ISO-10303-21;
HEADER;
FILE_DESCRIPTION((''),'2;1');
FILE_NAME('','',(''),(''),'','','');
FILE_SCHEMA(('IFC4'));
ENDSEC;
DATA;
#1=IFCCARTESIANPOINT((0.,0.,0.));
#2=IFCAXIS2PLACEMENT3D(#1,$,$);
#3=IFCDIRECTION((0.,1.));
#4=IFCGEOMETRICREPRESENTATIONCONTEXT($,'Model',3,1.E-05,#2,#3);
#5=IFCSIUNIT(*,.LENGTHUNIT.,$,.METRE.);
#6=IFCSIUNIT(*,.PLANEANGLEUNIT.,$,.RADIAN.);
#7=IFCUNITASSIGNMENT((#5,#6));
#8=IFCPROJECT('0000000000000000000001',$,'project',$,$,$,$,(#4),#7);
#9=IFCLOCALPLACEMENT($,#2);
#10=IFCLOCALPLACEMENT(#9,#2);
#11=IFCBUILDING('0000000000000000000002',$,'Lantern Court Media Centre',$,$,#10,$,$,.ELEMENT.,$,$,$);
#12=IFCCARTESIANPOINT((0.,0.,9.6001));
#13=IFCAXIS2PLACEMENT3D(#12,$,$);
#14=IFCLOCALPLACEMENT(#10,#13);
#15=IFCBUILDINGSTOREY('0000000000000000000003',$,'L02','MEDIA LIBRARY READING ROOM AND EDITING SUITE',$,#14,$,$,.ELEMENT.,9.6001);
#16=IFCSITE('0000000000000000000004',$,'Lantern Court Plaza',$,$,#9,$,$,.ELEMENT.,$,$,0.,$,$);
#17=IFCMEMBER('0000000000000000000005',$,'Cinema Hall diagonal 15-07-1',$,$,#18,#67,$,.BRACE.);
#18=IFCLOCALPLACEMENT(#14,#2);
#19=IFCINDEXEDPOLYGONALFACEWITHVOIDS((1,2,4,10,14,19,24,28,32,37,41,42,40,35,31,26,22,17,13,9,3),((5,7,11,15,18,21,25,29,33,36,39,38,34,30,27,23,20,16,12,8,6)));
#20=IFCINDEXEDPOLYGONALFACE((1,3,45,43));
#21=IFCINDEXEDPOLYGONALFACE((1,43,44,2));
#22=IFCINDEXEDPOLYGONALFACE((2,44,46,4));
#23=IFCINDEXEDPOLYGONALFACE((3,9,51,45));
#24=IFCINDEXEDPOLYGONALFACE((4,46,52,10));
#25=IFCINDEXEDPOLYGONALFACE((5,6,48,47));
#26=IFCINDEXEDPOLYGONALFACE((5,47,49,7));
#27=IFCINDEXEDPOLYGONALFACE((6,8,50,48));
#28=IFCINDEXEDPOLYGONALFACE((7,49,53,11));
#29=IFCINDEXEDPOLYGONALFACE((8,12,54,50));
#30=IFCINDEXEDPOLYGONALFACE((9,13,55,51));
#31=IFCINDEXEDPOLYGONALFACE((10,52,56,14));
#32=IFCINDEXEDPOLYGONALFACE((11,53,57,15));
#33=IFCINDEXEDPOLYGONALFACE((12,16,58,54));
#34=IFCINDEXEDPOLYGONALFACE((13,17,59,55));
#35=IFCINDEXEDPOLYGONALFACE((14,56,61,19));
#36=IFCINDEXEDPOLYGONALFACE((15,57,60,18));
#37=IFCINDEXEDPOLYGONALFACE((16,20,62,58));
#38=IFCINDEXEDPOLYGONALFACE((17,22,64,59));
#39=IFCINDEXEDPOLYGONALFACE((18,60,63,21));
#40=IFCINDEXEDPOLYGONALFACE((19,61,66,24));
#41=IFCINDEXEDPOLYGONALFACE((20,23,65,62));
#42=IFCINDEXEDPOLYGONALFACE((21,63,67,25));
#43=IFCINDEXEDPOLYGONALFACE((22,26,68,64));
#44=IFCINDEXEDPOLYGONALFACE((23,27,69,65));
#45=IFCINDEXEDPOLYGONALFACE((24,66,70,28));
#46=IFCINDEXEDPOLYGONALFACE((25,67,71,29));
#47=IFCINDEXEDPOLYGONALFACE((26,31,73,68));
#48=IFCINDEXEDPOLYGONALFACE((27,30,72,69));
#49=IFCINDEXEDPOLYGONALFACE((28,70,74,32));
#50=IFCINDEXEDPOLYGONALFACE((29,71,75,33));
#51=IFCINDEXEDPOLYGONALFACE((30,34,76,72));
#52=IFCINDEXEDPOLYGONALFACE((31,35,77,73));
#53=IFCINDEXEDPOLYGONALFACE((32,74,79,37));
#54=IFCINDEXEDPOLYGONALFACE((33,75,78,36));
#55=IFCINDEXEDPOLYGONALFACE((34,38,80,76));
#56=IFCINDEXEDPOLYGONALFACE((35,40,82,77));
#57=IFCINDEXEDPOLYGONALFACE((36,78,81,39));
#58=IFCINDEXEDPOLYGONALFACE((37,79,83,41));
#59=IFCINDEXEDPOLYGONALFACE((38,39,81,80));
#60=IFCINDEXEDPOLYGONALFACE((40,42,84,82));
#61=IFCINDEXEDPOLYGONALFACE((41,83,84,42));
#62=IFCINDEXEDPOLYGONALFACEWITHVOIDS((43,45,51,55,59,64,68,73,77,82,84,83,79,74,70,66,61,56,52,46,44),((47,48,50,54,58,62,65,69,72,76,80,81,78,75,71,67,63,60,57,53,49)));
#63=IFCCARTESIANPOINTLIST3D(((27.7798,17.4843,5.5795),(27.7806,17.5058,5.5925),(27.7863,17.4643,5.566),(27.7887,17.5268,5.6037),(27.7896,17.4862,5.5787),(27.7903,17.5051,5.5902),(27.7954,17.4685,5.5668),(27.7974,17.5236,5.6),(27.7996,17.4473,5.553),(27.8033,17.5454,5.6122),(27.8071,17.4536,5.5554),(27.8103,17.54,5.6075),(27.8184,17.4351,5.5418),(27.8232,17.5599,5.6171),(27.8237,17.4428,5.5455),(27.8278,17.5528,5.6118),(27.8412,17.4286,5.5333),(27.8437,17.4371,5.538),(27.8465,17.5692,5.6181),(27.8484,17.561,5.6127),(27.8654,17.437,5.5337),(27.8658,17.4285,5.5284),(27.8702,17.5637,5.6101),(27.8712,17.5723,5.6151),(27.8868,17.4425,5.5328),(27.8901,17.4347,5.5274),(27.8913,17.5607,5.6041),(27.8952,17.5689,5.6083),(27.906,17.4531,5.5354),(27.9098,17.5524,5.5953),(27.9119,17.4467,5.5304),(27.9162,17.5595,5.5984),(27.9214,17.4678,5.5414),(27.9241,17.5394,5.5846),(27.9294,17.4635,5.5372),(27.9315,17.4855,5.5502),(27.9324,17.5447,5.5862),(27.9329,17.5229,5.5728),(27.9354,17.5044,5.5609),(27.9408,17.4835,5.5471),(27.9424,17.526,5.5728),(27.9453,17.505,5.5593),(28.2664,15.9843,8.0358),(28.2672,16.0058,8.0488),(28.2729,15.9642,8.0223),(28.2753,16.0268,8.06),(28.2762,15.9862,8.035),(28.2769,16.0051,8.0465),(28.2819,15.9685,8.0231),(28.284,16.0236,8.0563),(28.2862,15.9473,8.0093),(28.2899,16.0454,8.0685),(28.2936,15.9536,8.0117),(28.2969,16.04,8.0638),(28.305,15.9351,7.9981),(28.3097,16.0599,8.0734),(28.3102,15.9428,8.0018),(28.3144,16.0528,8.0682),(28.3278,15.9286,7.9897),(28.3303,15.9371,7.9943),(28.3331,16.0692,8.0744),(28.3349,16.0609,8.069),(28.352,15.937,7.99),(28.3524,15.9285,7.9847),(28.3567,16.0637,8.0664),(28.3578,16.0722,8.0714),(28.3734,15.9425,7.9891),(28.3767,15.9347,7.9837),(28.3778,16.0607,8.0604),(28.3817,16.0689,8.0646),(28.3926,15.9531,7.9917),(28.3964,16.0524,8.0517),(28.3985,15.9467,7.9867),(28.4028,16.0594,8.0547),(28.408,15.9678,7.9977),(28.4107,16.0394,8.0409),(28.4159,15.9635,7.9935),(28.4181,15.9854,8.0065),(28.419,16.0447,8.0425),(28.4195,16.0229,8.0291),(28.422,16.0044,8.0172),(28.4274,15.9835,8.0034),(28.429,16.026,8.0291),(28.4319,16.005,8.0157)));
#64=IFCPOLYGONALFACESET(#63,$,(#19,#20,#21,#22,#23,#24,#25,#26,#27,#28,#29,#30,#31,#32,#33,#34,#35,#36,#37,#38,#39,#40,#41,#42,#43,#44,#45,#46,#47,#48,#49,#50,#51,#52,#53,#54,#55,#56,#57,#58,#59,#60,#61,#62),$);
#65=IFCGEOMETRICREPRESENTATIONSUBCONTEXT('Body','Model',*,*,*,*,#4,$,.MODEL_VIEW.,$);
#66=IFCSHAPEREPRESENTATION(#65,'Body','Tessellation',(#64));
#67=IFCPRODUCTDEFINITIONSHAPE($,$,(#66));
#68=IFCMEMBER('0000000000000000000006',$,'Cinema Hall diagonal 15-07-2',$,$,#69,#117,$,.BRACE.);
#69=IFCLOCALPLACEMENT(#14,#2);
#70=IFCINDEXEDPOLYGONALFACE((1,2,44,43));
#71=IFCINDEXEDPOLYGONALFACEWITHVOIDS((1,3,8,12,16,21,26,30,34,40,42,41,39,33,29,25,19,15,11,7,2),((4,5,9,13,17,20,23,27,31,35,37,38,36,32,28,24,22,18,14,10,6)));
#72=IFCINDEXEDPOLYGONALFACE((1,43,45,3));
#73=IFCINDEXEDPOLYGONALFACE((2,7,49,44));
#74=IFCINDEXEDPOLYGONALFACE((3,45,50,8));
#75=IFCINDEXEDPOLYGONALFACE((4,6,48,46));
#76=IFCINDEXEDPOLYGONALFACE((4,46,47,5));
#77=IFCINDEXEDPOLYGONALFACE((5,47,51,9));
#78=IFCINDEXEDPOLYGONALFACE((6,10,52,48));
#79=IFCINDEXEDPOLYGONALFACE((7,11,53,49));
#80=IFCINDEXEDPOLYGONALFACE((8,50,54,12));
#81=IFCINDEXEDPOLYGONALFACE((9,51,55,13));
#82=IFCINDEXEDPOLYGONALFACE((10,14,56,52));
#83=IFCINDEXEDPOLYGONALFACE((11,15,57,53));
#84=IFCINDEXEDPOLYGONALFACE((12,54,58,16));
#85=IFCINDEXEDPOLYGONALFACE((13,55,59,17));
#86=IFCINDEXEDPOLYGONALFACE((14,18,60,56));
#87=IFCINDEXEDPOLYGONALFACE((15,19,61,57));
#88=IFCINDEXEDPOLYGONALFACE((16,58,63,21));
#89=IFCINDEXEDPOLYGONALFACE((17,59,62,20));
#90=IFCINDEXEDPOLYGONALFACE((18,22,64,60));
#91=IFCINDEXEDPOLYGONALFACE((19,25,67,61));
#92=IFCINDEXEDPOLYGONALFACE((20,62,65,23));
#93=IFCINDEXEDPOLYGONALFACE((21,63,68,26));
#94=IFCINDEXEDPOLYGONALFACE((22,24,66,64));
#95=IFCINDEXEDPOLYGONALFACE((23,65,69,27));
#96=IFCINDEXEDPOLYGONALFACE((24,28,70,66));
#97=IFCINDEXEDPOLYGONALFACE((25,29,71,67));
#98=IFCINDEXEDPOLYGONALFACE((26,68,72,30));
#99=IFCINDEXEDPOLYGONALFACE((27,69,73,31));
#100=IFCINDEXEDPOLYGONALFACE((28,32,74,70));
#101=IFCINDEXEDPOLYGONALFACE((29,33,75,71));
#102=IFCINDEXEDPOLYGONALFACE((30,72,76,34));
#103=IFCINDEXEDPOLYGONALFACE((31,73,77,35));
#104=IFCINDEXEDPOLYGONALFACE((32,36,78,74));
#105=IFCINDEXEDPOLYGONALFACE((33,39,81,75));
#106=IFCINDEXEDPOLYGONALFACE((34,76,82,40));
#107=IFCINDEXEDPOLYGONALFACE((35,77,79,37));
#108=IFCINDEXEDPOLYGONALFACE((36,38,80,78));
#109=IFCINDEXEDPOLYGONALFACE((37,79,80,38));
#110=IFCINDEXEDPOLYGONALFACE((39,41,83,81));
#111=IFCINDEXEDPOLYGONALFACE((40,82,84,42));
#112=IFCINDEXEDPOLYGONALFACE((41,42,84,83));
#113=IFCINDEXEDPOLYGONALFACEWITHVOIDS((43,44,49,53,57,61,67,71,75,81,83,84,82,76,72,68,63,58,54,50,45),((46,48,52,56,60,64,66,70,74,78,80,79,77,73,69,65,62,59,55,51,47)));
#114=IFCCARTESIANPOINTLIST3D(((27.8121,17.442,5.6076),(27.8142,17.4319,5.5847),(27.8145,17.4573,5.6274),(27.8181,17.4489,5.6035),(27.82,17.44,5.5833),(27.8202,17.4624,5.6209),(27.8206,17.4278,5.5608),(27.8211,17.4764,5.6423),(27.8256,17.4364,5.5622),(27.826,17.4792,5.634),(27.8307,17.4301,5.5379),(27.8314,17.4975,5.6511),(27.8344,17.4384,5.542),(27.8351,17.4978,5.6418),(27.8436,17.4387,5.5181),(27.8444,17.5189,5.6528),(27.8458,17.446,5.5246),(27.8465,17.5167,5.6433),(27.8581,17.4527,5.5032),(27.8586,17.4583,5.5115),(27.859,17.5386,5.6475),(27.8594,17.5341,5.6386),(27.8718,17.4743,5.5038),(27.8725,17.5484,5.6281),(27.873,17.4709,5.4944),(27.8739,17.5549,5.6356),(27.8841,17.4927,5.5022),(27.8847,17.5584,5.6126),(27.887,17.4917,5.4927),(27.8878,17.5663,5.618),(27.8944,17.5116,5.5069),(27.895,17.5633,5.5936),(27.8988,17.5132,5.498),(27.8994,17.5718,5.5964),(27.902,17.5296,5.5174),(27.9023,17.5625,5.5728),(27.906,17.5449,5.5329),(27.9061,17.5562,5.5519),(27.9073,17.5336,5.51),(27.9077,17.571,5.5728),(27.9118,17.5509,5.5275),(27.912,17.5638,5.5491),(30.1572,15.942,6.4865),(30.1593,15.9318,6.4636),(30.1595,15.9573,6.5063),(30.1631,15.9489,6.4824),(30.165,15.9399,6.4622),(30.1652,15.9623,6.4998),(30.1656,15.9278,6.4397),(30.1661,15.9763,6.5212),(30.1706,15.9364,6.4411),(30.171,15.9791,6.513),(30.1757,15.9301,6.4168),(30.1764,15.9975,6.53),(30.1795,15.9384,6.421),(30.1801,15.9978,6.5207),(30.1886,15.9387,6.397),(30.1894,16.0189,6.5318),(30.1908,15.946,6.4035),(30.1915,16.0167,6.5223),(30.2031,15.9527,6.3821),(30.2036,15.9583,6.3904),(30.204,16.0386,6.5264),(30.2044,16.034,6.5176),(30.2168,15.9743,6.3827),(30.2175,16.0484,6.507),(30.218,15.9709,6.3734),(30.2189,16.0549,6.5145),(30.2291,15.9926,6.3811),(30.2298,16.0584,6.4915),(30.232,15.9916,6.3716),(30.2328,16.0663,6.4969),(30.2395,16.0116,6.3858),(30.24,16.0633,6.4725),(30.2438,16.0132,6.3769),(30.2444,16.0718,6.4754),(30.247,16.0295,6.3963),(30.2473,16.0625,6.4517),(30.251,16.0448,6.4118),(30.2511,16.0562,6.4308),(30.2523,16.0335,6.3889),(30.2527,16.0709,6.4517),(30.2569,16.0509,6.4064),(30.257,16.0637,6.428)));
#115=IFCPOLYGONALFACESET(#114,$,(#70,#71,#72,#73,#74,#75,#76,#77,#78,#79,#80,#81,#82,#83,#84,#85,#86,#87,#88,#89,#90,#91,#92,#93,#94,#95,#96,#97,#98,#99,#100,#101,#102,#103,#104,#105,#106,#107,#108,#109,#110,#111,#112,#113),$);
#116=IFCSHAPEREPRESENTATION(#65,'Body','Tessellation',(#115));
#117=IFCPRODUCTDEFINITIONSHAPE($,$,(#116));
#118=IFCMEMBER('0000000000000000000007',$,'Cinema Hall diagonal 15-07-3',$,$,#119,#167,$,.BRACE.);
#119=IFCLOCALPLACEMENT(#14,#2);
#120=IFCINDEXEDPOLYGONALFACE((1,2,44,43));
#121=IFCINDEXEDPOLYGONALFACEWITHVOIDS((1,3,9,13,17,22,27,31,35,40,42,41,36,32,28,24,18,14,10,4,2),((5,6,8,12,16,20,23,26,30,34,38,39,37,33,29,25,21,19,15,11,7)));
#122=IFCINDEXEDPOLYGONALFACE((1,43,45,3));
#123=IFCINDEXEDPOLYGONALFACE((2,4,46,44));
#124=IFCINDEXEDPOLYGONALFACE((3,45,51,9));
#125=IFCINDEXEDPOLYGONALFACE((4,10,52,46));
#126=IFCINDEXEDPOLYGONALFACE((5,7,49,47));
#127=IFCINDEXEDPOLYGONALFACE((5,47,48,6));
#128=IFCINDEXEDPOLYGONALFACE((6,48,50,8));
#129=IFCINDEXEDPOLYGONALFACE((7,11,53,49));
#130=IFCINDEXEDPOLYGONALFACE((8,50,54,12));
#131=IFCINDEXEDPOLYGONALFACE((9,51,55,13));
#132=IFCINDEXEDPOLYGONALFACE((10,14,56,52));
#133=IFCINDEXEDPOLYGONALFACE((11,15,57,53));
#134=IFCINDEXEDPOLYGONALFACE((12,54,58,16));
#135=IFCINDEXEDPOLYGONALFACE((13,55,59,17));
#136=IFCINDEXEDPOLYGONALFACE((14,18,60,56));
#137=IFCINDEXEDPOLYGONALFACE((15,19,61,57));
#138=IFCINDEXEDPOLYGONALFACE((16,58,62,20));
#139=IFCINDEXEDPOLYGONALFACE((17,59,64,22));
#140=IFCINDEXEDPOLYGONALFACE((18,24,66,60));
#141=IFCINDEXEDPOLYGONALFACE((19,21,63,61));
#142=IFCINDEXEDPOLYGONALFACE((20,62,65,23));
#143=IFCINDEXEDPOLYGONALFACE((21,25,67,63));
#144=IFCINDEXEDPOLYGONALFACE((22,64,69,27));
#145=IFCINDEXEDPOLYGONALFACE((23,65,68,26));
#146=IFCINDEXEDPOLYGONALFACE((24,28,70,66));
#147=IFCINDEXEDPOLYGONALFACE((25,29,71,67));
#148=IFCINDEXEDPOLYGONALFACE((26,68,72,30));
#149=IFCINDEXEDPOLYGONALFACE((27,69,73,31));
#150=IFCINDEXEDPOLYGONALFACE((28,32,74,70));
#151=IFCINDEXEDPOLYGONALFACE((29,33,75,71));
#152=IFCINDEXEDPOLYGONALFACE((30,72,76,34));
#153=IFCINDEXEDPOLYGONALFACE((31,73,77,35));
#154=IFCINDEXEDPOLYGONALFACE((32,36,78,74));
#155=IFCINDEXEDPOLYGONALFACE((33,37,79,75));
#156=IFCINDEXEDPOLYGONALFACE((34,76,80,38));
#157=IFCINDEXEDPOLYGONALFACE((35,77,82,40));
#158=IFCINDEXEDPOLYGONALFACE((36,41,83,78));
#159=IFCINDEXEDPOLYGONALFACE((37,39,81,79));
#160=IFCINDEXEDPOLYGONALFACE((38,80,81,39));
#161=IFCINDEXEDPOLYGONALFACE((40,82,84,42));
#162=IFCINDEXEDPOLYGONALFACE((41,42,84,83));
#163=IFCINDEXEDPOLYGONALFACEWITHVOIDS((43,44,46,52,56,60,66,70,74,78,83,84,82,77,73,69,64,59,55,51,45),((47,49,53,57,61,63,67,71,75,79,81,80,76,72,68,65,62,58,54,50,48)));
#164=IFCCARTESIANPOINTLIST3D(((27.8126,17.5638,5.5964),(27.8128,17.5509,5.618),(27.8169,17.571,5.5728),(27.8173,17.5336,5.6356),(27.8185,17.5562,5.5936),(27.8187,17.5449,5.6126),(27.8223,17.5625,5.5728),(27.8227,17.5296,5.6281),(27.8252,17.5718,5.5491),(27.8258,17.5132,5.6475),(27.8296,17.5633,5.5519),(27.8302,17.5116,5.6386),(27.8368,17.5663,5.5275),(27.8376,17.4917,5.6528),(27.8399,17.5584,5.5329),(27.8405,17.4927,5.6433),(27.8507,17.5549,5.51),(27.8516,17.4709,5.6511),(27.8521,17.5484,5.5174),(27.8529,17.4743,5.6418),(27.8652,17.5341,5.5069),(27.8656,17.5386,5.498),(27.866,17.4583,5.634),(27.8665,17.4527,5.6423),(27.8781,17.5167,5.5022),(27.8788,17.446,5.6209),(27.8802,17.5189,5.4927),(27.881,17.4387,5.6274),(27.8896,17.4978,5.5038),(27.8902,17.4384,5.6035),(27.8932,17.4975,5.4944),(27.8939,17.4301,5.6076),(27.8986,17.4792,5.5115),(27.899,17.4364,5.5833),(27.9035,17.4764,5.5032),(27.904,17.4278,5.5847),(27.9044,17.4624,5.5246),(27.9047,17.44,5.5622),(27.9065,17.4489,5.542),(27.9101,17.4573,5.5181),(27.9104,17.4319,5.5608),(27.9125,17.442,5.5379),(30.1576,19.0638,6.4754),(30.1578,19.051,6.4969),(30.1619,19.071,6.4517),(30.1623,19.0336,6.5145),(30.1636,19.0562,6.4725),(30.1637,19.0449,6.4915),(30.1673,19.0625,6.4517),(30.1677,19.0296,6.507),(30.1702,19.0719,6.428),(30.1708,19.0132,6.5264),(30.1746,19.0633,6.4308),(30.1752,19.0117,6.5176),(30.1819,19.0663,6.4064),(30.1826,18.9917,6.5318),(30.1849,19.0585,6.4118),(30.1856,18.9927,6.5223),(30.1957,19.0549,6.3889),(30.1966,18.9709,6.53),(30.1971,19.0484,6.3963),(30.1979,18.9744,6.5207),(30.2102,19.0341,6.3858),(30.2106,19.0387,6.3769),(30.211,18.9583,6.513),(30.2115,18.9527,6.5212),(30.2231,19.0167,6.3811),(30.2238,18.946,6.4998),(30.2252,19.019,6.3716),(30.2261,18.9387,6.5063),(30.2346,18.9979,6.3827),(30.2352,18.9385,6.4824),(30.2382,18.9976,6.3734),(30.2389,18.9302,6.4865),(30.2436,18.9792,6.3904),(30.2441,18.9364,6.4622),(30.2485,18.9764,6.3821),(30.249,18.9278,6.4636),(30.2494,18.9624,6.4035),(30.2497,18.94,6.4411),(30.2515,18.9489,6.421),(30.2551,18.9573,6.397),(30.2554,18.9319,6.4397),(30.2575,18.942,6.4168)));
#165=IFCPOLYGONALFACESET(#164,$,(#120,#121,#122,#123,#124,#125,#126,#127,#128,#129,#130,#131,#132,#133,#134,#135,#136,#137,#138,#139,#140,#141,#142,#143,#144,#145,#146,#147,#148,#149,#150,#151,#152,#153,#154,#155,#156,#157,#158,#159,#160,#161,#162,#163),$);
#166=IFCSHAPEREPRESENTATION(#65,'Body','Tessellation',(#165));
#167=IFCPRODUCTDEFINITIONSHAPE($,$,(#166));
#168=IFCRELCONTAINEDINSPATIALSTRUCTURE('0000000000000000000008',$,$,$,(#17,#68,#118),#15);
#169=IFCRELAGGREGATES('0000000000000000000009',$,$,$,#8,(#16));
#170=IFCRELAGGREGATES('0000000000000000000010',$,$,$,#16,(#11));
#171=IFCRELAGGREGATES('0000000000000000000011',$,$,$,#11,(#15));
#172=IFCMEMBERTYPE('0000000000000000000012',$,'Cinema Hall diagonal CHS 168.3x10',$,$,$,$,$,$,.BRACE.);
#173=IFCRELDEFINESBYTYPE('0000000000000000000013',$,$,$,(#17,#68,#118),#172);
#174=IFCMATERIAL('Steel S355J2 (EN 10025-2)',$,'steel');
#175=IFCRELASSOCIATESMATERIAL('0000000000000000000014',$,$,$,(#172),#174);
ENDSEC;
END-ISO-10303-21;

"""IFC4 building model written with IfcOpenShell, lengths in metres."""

from ifc_helpers import new_model, si_unit, direction, frame, origin, origin_2d, place, context, subcontext, project, spatial, hollow_circle, extrude, material, material_profile, profile_set, type_object, element, save


model = new_model("IFC4")

# Units and contexts
model_context = context("Model", 3, precision=1e-05, world=origin(), true_north=direction((0.0, 1.0)))
body_context = subcontext(model_context, "Body", "Model", "MODEL_VIEW")
ifc_project = project(units=[si_unit("LENGTHUNIT", "METRE"), si_unit("PLANEANGLEUNIT", "RADIAN")], contexts=[model_context])

# Site, building, storey
site_placement = place(None, origin())
site = spatial("IfcSite", under=ifc_project, at=site_placement, Name="Lantern Court Plaza", CompositionType="ELEMENT", RefElevation=0.0)
building_placement = place(site_placement, origin())
building = spatial("IfcBuilding", under=site, at=building_placement, Name="Lantern Court Media Centre", CompositionType="ELEMENT")
storey_placement = place(building_placement, frame((0.0, 0.0, 9.6001)))
storey = spatial("IfcBuildingStorey", under=building, at=storey_placement, Name="L02", Description="MEDIA LIBRARY READING ROOM AND EDITING SUITE", CompositionType="ELEMENT", Elevation=9.6001)

# Members
ifc_material = material(Name="Steel S355J2 (EN 10025-2)", Category="steel")
ifc_material_profile_1 = material_profile(ifc_material, hollow_circle(Radius=0.0842, WallThickness=0.01, at=origin_2d()), Name="Cinema Hall diagonal CHS 168.3x10")
ifc_profile_set_1 = profile_set([ifc_material_profile_1], Name="Steel S355J2 (EN 10025-2)")
member_type_1 = type_object("IfcMemberType", Name="Cinema Hall diagonal CHS 168.3x10", PredefinedType="BRACE", material=ifc_profile_set_1)
for number, where, z_axis, x_axis, name in (
    (1, (27.8623, 17.5, 5.5728), (0.166695, -0.513887, 0.841506), (0.951207, 0.308554, 0.0), "Cinema Hall diagonal 15-07-1"),
):
    element("IfcMember", number, at=place(storey_placement, frame(where, z_axis=z_axis, x_axis=x_axis)), inside=storey, type_object=member_type_1, Name=name, PredefinedType="BRACE", context=body_context, shape_type="SweptSolid", body=[
        extrude(hollow_circle(Radius=0.0842, WallThickness=0.01, at=origin_2d()), origin(), (0.0, 0.0, 1.0), 2.9189),
    ])
for number, where, z_axis, x_axis, name in (
    (2, (27.8623, 17.5, 5.5728), (0.803309, -0.51385, 0.301084), (0.538855, 0.842399, 0.0), "Cinema Hall diagonal 15-07-2"),
    (3, (27.8623, 17.5, 5.5728), (0.803309, 0.51385, 0.301084), (-0.538855, 0.842399, 0.0), "Cinema Hall diagonal 15-07-3"),
):
    element("IfcMember", number, at=place(storey_placement, frame(where, z_axis=z_axis, x_axis=x_axis)), inside=storey, type_object=member_type_1, Name=name, PredefinedType="BRACE", context=body_context, shape_type="SweptSolid", body=[
        extrude(hollow_circle(Radius=0.0842, WallThickness=0.01, at=origin_2d()), origin(), (0.0, 0.0, 1.0), 2.9192),
    ])

save(model, "model.ifc")
